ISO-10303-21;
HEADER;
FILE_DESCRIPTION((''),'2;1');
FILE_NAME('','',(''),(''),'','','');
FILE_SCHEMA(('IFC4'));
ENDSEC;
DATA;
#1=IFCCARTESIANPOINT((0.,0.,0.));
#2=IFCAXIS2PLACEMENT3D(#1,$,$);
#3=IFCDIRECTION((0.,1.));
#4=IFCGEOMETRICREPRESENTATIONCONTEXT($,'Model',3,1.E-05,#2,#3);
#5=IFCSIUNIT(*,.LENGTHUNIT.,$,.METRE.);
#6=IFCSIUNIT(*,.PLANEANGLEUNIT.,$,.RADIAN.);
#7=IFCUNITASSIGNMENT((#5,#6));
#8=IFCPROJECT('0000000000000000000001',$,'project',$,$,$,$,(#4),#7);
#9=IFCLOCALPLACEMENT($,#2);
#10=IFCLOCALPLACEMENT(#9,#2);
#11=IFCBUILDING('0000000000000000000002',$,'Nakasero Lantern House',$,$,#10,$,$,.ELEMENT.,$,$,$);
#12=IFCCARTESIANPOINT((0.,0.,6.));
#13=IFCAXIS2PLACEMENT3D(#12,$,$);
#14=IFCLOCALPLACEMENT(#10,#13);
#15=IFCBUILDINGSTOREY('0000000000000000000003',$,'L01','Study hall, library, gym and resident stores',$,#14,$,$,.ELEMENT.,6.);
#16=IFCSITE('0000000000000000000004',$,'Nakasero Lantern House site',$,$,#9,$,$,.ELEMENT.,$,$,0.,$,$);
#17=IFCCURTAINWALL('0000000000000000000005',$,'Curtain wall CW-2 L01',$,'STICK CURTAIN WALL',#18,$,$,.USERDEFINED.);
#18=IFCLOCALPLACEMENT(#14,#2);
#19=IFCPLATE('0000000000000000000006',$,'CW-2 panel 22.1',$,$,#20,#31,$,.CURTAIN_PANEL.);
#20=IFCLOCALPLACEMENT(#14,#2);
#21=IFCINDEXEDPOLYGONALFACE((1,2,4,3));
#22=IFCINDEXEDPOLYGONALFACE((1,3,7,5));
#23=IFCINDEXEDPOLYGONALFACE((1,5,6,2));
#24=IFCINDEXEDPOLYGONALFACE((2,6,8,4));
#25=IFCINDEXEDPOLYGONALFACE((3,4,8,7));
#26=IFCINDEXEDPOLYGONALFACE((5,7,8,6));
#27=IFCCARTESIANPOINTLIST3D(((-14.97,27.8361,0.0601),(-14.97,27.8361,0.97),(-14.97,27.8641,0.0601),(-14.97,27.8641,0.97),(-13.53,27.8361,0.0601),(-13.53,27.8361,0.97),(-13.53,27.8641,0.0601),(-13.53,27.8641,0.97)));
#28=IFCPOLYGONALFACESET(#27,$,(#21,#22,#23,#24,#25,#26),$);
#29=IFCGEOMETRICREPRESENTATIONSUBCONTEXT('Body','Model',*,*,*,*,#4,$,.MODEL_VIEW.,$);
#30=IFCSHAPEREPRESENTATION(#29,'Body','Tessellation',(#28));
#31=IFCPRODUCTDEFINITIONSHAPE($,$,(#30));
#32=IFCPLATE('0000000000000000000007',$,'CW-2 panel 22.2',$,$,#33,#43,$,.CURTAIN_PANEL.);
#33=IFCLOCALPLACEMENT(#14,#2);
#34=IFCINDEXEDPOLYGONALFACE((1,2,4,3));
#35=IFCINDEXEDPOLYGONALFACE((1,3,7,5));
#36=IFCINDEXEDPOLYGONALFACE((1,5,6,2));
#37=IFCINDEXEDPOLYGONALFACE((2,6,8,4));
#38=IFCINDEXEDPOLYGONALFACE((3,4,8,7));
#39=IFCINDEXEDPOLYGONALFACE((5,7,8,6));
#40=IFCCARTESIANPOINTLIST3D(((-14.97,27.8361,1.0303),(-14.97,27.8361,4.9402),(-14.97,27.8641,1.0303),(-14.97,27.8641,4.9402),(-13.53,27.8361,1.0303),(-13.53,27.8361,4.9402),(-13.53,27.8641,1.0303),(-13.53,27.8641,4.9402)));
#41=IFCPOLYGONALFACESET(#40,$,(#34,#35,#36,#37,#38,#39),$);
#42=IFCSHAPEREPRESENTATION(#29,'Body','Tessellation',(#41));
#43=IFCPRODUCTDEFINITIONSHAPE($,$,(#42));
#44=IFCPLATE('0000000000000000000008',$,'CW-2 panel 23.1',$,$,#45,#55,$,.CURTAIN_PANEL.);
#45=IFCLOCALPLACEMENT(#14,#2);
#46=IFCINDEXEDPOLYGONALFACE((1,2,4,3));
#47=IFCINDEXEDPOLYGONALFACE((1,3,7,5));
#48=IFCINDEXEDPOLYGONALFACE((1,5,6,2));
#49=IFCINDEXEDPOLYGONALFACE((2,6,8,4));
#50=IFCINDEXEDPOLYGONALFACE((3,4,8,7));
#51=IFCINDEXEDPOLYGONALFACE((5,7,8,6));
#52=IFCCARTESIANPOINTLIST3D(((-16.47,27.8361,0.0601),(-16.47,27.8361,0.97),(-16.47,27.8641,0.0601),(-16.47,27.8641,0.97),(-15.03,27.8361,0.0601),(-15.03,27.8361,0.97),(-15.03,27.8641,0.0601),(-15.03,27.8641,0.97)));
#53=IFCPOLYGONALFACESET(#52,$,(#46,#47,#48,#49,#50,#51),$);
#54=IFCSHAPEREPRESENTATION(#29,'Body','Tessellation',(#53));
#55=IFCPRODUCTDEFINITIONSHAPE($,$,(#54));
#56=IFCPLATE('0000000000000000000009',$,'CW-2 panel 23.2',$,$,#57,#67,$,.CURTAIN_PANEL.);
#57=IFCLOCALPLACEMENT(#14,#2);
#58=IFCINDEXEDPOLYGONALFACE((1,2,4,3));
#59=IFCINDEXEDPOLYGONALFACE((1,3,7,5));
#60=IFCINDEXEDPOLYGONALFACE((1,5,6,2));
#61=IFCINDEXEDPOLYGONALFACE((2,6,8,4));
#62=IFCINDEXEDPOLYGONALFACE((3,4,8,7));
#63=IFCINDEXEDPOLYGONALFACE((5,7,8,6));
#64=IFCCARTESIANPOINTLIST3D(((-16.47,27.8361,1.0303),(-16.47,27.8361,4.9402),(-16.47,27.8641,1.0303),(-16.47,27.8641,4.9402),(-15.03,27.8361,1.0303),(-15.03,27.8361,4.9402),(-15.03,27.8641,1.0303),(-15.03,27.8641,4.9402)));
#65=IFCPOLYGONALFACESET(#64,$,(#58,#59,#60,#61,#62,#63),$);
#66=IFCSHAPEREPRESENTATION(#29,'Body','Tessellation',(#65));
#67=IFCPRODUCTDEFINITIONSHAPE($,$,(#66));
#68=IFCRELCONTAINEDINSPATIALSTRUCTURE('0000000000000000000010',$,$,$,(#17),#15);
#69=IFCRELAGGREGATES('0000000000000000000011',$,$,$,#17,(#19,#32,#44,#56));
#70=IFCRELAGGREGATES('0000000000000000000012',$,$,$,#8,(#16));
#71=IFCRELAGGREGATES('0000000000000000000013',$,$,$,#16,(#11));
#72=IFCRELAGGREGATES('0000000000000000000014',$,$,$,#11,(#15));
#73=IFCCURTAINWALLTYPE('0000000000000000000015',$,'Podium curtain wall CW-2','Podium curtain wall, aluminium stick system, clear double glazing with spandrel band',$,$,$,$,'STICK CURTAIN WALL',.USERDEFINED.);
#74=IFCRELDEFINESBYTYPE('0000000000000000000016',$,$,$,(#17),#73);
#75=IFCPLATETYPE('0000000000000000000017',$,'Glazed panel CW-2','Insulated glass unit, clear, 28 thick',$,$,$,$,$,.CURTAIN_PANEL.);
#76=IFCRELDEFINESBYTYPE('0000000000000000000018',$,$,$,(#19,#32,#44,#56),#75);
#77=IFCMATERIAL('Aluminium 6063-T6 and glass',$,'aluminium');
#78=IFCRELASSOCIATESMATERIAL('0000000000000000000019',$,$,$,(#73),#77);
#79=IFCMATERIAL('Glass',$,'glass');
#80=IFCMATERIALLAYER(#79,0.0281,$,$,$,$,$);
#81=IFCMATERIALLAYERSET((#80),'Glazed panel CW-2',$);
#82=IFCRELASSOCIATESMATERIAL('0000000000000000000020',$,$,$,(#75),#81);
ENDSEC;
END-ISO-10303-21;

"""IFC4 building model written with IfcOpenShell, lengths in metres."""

from ifc_helpers import new_model, si_unit, direction, frame, origin, origin_2d, place, context, subcontext, project, spatial, rectangle, extrude, material, layer, layer_set, type_object, element, aggregate, save


model = new_model("IFC4")

# Units and contexts
model_context = context("Model", 3, precision=1e-05, world=origin(), true_north=direction((0.0, 1.0)))
body_context = subcontext(model_context, "Body", "Model", "MODEL_VIEW")
ifc_project = project(units=[si_unit("LENGTHUNIT", "METRE"), si_unit("PLANEANGLEUNIT", "RADIAN")], contexts=[model_context])

# Site, building, storey
site_placement = place(None, origin())
site = spatial("IfcSite", under=ifc_project, at=site_placement, Name="Nakasero Lantern House site", CompositionType="ELEMENT", RefElevation=0.0)
building_placement = place(site_placement, origin())
building = spatial("IfcBuilding", under=site, at=building_placement, Name="Nakasero Lantern House", CompositionType="ELEMENT")
storey_placement = place(building_placement, frame((0.0, 0.0, 6.0)))
storey = spatial("IfcBuildingStorey", under=building, at=storey_placement, Name="L01", Description="Study hall, library, gym and resident stores", CompositionType="ELEMENT", Elevation=6.0)

# Curtain wall, plates
ifc_material_1 = material(Name="Aluminium 6063-T6 and glass", Category="aluminium")
curtain_wall_type = type_object("IfcCurtainWallType", Name="Podium curtain wall CW-2", Description="Podium curtain wall, aluminium stick system, clear double glazing with spandrel band", ElementType="STICK CURTAIN WALL", PredefinedType="USERDEFINED", material=ifc_material_1)
curtain_wall_placement = place(storey_placement, origin())
curtain_wall = element("IfcCurtainWall", 1, at=curtain_wall_placement, inside=storey, type_object=curtain_wall_type, Name="Curtain wall CW-2 L01", ObjectType="STICK CURTAIN WALL", PredefinedType="USERDEFINED")
ifc_material_2 = material(Name="Glass", Category="glass")
ifc_layer = layer(ifc_material_2, 0.0281)
ifc_layer_set = layer_set([ifc_layer], Name="Glazed panel CW-2")
plate_type = type_object("IfcPlateType", Name="Glazed panel CW-2", Description="Insulated glass unit, clear, 28 thick", PredefinedType="CURTAIN_PANEL", material=ifc_layer_set)
plate_1_placement = place(storey_placement, frame((-14.25, 27.8501, 0.0601), z_axis=(0.0, 0.0, 1.0), x_axis=(-1.0, 0.0, 0.0)))
plate_1 = element("IfcPlate", 2, at=plate_1_placement, type_object=plate_type, Name="CW-2 panel 22.1", PredefinedType="CURTAIN_PANEL", context=body_context, shape_type="SweptSolid", body=[
    extrude(rectangle(XDim=1.4399, YDim=0.0281, at=origin_2d()), origin(), (0.0, 0.0, 1.0), 0.9099),
])
plate_2_placement = place(storey_placement, frame((-14.25, 27.8501, 1.0303), z_axis=(0.0, 0.0, 1.0), x_axis=(-1.0, 0.0, 0.0)))
plate_2 = element("IfcPlate", 3, at=plate_2_placement, type_object=plate_type, Name="CW-2 panel 22.2", PredefinedType="CURTAIN_PANEL", context=body_context, shape_type="SweptSolid", body=[
    extrude(rectangle(XDim=1.4399, YDim=0.0281, at=origin_2d()), origin(), (0.0, 0.0, 1.0), 3.9099),
])
plate_3_placement = place(storey_placement, frame((-15.75, 27.8501, 0.0601), z_axis=(0.0, 0.0, 1.0), x_axis=(-1.0, 0.0, 0.0)))
plate_3 = element("IfcPlate", 4, at=plate_3_placement, type_object=plate_type, Name="CW-2 panel 23.1", PredefinedType="CURTAIN_PANEL", context=body_context, shape_type="SweptSolid", body=[
    extrude(rectangle(XDim=1.4399, YDim=0.0281, at=origin_2d()), origin(), (0.0, 0.0, 1.0), 0.9099),
])
plate_4_placement = place(storey_placement, frame((-15.75, 27.8501, 1.0303), z_axis=(0.0, 0.0, 1.0), x_axis=(-1.0, 0.0, 0.0)))
plate_4 = element("IfcPlate", 5, at=plate_4_placement, type_object=plate_type, Name="CW-2 panel 23.2", PredefinedType="CURTAIN_PANEL", context=body_context, shape_type="SweptSolid", body=[
    extrude(rectangle(XDim=1.4399, YDim=0.0281, at=origin_2d()), origin(), (0.0, 0.0, 1.0), 3.9099),
])
aggregate(curtain_wall, [plate_1, plate_2, plate_3, plate_4])

save(model, "model.ifc")
